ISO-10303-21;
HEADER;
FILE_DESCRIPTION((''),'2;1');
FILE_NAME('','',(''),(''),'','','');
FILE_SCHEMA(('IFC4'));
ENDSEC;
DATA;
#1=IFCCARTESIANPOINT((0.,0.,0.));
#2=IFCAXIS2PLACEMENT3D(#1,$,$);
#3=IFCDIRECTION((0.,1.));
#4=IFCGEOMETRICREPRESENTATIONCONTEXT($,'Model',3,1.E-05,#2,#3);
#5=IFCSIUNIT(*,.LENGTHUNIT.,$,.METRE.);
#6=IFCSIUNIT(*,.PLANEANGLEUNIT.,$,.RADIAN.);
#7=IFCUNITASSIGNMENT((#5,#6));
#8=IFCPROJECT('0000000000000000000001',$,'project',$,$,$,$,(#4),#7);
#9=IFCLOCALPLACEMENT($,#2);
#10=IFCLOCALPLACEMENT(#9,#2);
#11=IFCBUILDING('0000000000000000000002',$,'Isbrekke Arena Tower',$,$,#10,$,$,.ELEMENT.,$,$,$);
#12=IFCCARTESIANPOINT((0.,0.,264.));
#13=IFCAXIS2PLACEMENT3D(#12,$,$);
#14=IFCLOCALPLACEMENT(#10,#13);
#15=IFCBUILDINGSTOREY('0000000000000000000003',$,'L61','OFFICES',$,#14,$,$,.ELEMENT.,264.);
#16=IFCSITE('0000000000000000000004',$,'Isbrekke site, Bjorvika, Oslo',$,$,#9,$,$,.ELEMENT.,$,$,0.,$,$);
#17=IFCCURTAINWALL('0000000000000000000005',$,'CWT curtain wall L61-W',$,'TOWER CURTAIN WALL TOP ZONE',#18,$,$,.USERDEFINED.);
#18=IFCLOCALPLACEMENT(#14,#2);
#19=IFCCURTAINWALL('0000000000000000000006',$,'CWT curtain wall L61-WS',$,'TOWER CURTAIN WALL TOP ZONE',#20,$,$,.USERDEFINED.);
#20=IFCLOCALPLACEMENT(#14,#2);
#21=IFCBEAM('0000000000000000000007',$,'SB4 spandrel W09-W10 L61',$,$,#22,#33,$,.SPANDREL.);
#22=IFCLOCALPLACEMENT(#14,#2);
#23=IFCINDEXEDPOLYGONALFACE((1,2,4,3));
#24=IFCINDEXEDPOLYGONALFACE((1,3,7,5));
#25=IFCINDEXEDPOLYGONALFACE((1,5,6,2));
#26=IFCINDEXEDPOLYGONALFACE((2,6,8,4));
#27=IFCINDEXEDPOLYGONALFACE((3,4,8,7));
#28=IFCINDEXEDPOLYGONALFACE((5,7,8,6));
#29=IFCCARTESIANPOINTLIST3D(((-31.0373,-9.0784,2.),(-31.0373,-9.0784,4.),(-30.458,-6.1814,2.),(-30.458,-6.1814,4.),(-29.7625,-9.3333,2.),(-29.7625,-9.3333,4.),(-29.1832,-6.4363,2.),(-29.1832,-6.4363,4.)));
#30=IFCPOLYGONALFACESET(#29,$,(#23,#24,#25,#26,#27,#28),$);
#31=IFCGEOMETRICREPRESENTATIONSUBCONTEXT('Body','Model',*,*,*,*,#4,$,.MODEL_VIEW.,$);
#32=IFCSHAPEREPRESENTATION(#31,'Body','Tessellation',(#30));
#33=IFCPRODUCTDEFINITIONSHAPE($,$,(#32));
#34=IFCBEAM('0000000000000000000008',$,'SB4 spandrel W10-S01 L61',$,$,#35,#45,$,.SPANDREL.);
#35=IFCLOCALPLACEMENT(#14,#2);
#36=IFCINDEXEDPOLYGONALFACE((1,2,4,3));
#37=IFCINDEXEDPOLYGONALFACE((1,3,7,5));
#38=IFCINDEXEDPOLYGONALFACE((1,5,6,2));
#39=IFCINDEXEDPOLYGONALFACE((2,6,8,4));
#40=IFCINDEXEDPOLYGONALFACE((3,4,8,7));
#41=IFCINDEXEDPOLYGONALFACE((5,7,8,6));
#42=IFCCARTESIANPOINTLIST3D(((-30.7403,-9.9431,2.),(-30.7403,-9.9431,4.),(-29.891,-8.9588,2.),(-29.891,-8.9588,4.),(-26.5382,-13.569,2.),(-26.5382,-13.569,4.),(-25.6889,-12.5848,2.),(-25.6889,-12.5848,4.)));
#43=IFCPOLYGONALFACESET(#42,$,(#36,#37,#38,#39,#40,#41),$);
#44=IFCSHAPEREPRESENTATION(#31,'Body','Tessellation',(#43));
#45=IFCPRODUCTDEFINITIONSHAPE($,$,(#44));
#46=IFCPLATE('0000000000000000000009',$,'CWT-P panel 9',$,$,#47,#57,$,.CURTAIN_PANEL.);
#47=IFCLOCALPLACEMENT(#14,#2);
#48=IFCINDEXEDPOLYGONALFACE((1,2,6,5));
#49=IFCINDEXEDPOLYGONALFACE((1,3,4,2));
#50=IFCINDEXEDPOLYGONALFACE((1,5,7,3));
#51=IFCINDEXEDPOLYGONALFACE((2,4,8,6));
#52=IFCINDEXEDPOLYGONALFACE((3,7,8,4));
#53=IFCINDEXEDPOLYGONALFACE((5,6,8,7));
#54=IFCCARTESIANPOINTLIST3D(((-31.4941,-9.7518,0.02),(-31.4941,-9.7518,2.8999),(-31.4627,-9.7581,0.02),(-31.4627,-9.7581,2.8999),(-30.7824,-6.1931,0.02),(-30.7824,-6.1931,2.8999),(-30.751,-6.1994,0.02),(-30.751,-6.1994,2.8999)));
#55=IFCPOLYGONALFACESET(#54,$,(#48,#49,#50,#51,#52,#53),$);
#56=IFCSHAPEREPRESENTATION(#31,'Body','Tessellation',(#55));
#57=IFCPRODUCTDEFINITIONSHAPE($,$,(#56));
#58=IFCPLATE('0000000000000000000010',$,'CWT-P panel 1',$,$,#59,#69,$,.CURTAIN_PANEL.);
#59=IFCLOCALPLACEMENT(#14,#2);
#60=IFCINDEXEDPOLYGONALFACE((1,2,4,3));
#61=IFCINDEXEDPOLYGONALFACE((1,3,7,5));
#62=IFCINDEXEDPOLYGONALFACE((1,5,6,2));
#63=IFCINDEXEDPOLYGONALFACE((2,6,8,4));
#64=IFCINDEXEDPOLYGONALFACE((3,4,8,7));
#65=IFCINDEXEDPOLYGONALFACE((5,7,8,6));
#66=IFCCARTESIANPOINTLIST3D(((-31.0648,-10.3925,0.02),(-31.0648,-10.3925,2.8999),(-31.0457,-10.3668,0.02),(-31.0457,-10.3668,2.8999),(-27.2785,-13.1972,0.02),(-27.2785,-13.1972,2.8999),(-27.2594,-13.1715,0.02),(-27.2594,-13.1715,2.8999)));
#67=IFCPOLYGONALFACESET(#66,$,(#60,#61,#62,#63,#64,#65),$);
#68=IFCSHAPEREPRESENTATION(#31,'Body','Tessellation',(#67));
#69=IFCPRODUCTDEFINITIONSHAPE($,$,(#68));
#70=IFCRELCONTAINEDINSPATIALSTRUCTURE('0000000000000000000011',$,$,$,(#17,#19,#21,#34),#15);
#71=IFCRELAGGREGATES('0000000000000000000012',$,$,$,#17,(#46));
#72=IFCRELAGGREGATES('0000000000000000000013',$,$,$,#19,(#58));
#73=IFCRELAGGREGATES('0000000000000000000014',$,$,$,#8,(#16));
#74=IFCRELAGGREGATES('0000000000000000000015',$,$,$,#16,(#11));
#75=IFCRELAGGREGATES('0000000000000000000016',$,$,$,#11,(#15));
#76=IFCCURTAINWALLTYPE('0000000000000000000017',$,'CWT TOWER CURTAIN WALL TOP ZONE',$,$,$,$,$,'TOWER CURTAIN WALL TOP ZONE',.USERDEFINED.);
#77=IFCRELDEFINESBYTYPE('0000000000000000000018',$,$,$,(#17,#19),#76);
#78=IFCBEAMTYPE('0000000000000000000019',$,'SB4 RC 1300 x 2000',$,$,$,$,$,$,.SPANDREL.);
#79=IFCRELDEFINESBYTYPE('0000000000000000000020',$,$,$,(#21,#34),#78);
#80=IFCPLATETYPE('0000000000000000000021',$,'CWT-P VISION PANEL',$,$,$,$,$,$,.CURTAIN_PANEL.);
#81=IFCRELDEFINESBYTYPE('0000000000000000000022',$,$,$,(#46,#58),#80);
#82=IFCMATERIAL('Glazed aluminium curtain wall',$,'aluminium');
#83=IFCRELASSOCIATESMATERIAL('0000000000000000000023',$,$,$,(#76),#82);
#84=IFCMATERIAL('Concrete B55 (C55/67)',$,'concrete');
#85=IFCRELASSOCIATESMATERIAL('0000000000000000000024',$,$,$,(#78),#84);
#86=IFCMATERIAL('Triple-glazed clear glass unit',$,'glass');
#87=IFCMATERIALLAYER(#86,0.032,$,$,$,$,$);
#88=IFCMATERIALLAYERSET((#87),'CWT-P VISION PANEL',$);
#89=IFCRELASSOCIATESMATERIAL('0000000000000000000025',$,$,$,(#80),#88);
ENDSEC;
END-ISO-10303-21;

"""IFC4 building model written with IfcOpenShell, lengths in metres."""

from ifc_helpers import new_model, si_unit, direction, frame, origin, origin_2d, place, context, subcontext, project, spatial, rectangle, extrude, material, layer, layer_set, material_profile, profile_set, type_object, element, aggregate, save


model = new_model("IFC4")

# Units and contexts
model_context = context("Model", 3, precision=1e-05, world=origin(), true_north=direction((0.0, 1.0)))
body_context = subcontext(model_context, "Body", "Model", "MODEL_VIEW")
ifc_project = project(units=[si_unit("LENGTHUNIT", "METRE"), si_unit("PLANEANGLEUNIT", "RADIAN")], contexts=[model_context])

# Site, building, storey
site_placement = place(None, origin())
site = spatial("IfcSite", under=ifc_project, at=site_placement, Name="Isbrekke site, Bjorvika, Oslo", CompositionType="ELEMENT", RefElevation=0.0)
building_placement = place(site_placement, origin())
building = spatial("IfcBuilding", under=site, at=building_placement, Name="Isbrekke Arena Tower", CompositionType="ELEMENT")
storey_placement = place(building_placement, frame((0.0, 0.0, 264.0)))
storey = spatial("IfcBuildingStorey", under=building, at=storey_placement, Name="L61", Description="OFFICES", CompositionType="ELEMENT", Elevation=264.0)

# Curtain walls
ifc_material_1 = material(Name="Glazed aluminium curtain wall", Category="aluminium")
curtain_wall_type = type_object("IfcCurtainWallType", Name="CWT TOWER CURTAIN WALL TOP ZONE", ElementType="TOWER CURTAIN WALL TOP ZONE", PredefinedType="USERDEFINED", material=ifc_material_1)
curtain_wall_1_placement = place(storey_placement, origin())
curtain_wall_1 = element("IfcCurtainWall", 1, at=curtain_wall_1_placement, inside=storey, type_object=curtain_wall_type, Name="CWT curtain wall L61-W", ObjectType="TOWER CURTAIN WALL TOP ZONE", PredefinedType="USERDEFINED")
curtain_wall_2_placement = place(storey_placement, origin())
curtain_wall_2 = element("IfcCurtainWall", 2, at=curtain_wall_2_placement, inside=storey, type_object=curtain_wall_type, Name="CWT curtain wall L61-WS", ObjectType="TOWER CURTAIN WALL TOP ZONE", PredefinedType="USERDEFINED")

# Beams
ifc_material_2 = material(Name="Concrete B55 (C55/67)", Category="concrete")
ifc_material_profile_1 = material_profile(ifc_material_2, rectangle(XDim=1.3, YDim=2.0, at=origin_2d()), Name="RC 1300x2000")
ifc_profile_set_1 = profile_set([ifc_material_profile_1], Name="Concrete B55 (C55/67)")
beam_type_1 = type_object("IfcBeamType", Name="SB4 RC 1300 x 2000", PredefinedType="SPANDREL", material=ifc_profile_set_1)
beam_1_placement = place(storey_placement, frame((-29.8206, -6.3088, 3.0), z_axis=(-0.1961, -0.980584, 0.0), x_axis=(0.980584, -0.1961, 0.0)))
element("IfcBeam", 3, at=beam_1_placement, inside=storey, type_object=beam_type_1, Name="SB4 spandrel W09-W10 L61", PredefinedType="SPANDREL", context=body_context, shape_type="SweptSolid", body=[
    extrude(rectangle(XDim=1.3, YDim=2.0, at=origin_2d()), origin(), (0.0, 0.0, 1.0), 2.9543),
])
beam_2_placement = place(storey_placement, frame((-30.3157, -9.4509, 3.0), z_axis=(0.757104, -0.653295, 0.0), x_axis=(0.653295, 0.757104, 0.0)))
element("IfcBeam", 4, at=beam_2_placement, inside=storey, type_object=beam_type_1, Name="SB4 spandrel W10-S01 L61", PredefinedType="SPANDREL", context=body_context, shape_type="SweptSolid", body=[
    extrude(rectangle(XDim=1.3, YDim=2.0, at=origin_2d()), origin(), (0.0, 0.0, 1.0), 5.5503),
])

# Plates
ifc_material_3 = material(Name="Triple-glazed clear glass unit", Category="glass")
ifc_layer = layer(ifc_material_3, 0.032)
ifc_layer_set = layer_set([ifc_layer], Name="CWT-P VISION PANEL")
plate_type = type_object("IfcPlateType", Name="CWT-P VISION PANEL", PredefinedType="CURTAIN_PANEL", material=ifc_layer_set)
plate_1_placement = place(storey_placement, frame((-31.1226, -7.9756, 0.02), z_axis=(0.0, 0.0, 1.0), x_axis=(-0.196116, -0.980581, 0.0)))
plate_1 = element("IfcPlate", 5, at=plate_1_placement, type_object=plate_type, Name="CWT-P panel 9", PredefinedType="CURTAIN_PANEL", context=body_context, shape_type="SweptSolid", body=[
    extrude(rectangle(XDim=3.6292, YDim=0.032, at=origin_2d()), origin(), (0.0, 0.0, 1.0), 2.8799),
])
aggregate(curtain_wall_1, [plate_1])
plate_2_placement = place(storey_placement, frame((-29.1621, -11.782, 0.02), z_axis=(0.0, 0.0, 1.0), x_axis=(0.803557, -0.595228, 0.0)))
plate_2 = element("IfcPlate", 6, at=plate_2_placement, type_object=plate_type, Name="CWT-P panel 1", PredefinedType="CURTAIN_PANEL", context=body_context, shape_type="SweptSolid", body=[
    extrude(rectangle(XDim=4.7119, YDim=0.032, at=origin_2d()), origin(), (0.0, 0.0, 1.0), 2.8799),
])
aggregate(curtain_wall_2, [plate_2])

save(model, "model.ifc")
